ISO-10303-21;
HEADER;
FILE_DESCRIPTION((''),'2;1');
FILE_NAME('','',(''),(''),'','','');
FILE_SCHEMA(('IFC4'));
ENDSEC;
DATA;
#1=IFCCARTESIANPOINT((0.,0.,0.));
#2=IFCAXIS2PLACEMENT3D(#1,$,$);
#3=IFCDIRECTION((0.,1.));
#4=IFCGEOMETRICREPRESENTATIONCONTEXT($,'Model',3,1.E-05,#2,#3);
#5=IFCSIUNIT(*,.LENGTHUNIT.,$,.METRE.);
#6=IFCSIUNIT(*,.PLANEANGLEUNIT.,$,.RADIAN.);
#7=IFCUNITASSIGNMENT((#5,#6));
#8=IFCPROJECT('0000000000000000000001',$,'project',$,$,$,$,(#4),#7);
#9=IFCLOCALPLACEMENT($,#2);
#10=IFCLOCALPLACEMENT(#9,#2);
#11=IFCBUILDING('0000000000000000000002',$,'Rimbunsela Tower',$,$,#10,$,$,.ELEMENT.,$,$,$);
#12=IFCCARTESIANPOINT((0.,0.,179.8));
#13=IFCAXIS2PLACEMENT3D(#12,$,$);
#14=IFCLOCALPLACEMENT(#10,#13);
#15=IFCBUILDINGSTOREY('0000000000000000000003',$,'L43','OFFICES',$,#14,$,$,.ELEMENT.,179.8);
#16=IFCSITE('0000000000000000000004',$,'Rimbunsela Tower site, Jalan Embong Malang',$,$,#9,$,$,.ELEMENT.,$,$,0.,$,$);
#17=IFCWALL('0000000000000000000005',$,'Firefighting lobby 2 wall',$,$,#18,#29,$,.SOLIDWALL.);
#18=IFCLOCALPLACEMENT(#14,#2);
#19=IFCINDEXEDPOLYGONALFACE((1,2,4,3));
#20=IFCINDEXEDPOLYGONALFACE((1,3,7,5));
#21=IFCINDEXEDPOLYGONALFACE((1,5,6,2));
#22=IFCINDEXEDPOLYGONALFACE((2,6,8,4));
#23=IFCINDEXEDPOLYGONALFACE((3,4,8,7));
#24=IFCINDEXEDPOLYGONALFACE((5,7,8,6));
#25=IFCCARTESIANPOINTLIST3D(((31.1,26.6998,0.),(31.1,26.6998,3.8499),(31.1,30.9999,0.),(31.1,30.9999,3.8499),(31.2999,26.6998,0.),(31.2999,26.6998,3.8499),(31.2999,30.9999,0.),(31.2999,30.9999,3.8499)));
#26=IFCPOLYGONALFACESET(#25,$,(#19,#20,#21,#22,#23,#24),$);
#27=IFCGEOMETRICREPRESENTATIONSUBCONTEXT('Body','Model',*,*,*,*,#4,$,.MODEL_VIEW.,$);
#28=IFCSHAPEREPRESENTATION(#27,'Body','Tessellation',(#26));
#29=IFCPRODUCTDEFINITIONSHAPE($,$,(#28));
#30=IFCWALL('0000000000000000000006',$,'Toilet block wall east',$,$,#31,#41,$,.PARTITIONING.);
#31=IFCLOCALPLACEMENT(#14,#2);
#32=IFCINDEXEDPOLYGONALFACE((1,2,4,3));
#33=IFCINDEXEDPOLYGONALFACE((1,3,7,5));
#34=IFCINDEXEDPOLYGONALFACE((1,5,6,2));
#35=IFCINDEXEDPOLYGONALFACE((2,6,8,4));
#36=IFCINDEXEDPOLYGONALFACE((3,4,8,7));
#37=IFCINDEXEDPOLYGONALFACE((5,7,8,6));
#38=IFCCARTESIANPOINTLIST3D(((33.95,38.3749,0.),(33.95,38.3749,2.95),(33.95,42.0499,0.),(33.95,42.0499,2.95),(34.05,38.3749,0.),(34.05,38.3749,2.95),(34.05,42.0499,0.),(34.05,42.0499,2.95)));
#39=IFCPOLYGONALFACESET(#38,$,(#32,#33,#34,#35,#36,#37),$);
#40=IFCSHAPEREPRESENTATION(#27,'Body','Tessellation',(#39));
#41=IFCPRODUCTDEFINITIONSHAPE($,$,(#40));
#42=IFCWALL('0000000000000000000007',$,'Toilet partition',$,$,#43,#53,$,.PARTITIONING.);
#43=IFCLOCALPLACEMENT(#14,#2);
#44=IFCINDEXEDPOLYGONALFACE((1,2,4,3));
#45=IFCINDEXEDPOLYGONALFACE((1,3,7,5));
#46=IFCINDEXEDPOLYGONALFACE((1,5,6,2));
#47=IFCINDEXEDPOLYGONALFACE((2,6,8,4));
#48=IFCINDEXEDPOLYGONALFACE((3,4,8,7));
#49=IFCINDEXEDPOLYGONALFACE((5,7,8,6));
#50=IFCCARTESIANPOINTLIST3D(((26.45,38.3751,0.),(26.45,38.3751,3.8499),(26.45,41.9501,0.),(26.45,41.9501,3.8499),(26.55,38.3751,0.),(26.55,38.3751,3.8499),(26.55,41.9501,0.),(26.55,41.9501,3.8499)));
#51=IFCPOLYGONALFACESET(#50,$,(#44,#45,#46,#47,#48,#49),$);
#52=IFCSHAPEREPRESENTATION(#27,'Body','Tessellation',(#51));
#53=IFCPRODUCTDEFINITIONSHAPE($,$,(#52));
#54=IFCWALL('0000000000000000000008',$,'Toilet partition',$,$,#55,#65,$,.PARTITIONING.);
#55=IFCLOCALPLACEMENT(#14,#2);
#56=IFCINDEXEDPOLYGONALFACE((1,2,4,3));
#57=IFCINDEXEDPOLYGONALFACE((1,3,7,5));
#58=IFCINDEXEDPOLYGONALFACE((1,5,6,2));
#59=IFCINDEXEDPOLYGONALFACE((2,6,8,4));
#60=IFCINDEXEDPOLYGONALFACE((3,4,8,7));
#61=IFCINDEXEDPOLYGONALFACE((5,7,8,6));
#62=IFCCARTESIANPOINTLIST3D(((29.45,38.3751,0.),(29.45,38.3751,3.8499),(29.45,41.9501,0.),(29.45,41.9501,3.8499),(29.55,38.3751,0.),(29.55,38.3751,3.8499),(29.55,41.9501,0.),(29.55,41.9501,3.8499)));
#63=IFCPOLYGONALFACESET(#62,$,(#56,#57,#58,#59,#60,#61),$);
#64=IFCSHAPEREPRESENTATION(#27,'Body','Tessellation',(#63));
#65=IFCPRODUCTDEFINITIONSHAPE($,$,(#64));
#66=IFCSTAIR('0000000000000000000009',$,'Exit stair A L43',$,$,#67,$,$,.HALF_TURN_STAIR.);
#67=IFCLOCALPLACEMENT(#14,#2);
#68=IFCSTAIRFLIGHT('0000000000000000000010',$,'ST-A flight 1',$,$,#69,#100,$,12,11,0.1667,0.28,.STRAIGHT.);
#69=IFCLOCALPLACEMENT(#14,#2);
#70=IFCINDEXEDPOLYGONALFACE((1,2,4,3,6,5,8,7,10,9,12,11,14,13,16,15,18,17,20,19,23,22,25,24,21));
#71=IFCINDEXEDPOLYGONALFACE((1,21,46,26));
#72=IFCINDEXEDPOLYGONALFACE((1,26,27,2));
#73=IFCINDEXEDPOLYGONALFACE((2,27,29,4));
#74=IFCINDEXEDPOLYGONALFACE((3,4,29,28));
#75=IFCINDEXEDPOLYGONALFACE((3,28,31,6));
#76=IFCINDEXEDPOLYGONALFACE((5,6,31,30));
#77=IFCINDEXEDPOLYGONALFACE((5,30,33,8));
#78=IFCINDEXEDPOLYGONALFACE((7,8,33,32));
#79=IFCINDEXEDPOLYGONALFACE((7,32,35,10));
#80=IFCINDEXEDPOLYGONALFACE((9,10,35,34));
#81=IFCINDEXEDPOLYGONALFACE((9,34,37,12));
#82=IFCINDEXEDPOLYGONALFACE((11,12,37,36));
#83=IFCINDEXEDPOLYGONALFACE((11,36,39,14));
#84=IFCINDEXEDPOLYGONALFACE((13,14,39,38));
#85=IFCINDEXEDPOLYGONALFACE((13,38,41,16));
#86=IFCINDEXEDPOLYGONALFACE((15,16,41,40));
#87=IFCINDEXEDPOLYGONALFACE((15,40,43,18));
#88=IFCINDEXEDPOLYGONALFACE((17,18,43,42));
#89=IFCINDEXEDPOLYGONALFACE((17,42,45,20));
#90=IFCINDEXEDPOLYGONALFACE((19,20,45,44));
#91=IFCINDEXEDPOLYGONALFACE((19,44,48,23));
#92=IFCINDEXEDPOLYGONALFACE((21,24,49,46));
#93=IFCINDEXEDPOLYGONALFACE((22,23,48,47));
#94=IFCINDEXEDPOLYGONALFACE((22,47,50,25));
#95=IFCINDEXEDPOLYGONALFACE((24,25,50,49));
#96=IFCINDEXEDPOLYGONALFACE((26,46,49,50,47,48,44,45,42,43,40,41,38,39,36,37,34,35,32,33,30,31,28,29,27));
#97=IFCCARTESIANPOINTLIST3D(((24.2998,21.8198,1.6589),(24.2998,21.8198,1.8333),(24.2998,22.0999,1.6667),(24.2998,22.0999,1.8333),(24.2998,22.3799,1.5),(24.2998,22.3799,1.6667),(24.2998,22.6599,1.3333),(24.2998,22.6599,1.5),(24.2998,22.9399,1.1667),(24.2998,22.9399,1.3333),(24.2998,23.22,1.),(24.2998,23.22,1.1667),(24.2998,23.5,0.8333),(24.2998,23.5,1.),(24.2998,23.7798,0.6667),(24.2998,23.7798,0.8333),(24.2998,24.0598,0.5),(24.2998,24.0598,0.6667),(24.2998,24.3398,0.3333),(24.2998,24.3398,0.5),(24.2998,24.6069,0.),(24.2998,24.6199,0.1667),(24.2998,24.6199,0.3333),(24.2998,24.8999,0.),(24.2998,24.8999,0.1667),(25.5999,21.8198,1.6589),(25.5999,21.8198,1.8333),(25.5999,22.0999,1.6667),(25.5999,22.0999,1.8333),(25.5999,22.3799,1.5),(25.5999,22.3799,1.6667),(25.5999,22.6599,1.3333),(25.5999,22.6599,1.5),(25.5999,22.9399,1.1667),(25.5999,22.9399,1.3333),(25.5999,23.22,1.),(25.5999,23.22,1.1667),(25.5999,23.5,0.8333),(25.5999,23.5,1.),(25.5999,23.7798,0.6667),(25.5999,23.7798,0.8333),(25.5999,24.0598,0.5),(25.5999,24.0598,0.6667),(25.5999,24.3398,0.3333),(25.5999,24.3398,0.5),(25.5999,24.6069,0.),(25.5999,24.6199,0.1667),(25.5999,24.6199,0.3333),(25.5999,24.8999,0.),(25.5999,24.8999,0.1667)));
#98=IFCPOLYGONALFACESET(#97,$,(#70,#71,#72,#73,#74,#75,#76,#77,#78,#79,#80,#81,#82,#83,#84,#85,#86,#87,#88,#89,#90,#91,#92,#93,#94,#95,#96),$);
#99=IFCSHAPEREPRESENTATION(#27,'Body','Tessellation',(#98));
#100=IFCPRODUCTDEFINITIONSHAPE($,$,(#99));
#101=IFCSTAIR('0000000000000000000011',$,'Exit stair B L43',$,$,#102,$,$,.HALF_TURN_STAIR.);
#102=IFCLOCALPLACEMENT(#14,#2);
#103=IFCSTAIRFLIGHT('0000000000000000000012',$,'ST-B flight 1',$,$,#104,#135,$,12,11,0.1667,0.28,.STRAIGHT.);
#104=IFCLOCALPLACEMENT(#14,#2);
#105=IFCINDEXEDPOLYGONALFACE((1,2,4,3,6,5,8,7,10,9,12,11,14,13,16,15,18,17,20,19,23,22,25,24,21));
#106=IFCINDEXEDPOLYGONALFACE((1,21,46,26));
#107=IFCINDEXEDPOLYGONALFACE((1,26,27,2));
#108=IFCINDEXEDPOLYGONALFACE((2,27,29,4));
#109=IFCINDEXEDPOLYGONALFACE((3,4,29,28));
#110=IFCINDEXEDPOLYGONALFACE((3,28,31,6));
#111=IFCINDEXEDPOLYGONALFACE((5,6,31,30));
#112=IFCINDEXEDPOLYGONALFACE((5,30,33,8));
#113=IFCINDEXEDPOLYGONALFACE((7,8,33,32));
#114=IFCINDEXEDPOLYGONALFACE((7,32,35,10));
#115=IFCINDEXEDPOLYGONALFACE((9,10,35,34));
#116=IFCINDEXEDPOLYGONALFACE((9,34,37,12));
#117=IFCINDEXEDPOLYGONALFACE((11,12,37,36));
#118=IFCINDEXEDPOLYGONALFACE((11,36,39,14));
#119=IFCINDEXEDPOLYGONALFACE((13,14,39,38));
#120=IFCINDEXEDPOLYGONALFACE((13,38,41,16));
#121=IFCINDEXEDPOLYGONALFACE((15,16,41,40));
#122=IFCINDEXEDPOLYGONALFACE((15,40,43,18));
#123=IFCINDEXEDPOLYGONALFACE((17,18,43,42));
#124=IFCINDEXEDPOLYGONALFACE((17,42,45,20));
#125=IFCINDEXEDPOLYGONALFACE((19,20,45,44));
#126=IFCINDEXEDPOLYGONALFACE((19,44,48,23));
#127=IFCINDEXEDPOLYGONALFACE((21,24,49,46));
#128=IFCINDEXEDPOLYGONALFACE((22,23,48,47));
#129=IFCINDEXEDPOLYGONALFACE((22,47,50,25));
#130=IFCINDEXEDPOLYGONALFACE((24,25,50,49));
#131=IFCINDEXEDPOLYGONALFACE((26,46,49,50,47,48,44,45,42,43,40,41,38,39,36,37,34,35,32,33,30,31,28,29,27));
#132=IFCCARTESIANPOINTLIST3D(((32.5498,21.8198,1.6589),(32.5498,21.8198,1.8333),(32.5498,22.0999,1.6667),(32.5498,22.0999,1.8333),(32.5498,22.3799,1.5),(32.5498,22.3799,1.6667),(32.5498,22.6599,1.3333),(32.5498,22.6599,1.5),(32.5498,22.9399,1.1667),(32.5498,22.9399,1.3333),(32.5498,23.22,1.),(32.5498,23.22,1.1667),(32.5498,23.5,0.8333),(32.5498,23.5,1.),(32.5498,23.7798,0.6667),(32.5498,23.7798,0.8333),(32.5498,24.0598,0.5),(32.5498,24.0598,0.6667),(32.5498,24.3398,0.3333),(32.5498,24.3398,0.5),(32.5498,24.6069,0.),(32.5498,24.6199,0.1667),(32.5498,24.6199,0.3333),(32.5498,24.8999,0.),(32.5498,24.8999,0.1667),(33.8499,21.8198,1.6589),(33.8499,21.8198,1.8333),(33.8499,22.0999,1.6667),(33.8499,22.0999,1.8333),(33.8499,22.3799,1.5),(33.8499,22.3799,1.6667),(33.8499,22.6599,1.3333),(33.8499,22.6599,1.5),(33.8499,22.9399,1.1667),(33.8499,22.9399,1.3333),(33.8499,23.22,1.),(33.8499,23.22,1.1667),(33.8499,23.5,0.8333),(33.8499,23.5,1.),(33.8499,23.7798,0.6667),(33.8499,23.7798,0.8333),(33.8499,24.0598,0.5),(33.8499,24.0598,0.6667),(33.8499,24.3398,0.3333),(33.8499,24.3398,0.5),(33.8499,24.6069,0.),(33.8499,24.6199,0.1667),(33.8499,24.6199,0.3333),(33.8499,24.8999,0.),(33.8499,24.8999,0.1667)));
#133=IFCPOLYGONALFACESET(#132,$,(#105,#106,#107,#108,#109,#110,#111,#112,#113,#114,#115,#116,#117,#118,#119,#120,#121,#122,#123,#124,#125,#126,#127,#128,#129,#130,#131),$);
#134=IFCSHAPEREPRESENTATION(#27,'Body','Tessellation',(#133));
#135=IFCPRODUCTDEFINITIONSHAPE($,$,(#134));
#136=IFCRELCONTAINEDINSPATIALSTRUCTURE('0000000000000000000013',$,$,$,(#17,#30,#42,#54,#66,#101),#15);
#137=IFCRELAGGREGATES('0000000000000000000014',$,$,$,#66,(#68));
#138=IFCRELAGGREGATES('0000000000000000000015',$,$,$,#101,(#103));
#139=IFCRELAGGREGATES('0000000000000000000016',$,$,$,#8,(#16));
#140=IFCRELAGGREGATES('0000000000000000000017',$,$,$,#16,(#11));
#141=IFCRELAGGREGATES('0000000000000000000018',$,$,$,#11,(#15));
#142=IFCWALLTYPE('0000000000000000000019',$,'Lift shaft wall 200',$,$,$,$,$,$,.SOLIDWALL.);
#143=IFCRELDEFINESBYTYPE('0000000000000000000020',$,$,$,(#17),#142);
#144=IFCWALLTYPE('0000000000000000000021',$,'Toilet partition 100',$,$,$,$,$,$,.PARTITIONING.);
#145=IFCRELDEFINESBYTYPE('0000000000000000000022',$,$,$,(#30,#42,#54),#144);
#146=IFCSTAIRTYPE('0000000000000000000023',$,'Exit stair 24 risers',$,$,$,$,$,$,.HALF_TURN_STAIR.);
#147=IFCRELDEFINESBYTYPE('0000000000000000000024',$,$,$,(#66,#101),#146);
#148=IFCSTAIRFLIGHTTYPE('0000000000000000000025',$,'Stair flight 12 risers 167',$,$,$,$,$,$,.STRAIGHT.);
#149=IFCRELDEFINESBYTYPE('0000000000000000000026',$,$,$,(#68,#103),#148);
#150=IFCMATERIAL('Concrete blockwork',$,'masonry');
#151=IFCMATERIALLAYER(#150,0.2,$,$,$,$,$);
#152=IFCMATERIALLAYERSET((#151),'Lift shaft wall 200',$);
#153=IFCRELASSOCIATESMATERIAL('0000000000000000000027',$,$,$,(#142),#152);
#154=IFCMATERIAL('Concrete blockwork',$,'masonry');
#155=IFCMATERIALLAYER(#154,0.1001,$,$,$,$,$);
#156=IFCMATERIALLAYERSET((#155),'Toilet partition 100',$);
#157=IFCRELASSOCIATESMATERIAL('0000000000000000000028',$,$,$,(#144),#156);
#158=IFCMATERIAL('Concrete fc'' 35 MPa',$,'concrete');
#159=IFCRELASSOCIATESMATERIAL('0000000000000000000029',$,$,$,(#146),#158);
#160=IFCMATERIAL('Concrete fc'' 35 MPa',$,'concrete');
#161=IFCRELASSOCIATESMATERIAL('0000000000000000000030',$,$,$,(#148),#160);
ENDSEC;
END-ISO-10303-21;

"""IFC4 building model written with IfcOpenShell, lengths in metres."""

from ifc_helpers import new_model, si_unit, direction, frame, frame_2d, origin, place, context, subcontext, project, spatial, polyline, rectangle, outline, extrude, material, layer, layer_set, type_object, element, aggregate, save


model = new_model("IFC4")

# Units and contexts
model_context = context("Model", 3, precision=1e-05, world=origin(), true_north=direction((0.0, 1.0)))
body_context = subcontext(model_context, "Body", "Model", "MODEL_VIEW")
ifc_project = project(units=[si_unit("LENGTHUNIT", "METRE"), si_unit("PLANEANGLEUNIT", "RADIAN")], contexts=[model_context])

# Site, building, storey
site_placement = place(None, origin())
site = spatial("IfcSite", under=ifc_project, at=site_placement, Name="Rimbunsela Tower site, Jalan Embong Malang", CompositionType="ELEMENT", RefElevation=0.0)
building_placement = place(site_placement, origin())
building = spatial("IfcBuilding", under=site, at=building_placement, Name="Rimbunsela Tower", CompositionType="ELEMENT")
storey_placement = place(building_placement, frame((0.0, 0.0, 179.8)))
storey = spatial("IfcBuildingStorey", under=building, at=storey_placement, Name="L43", Description="OFFICES", CompositionType="ELEMENT", Elevation=179.8)

# Walls
ifc_material_1 = material(Name="Concrete blockwork", Category="masonry")
ifc_layer_1 = layer(ifc_material_1, 0.2)
ifc_layer_set_1 = layer_set([ifc_layer_1], Name="Lift shaft wall 200")
wall_type_1 = type_object("IfcWallType", Name="Lift shaft wall 200", PredefinedType="SOLIDWALL", material=ifc_layer_set_1)
wall_1_placement = place(storey_placement, frame((31.2, 26.7, 0.0), z_axis=(0.0, 0.0, 1.0), x_axis=(0.0, 1.0, 0.0)))
element("IfcWall", 1, at=wall_1_placement, inside=storey, type_object=wall_type_1, Name="Firefighting lobby 2 wall", PredefinedType="SOLIDWALL", context=body_context, shape_type="SweptSolid", body=[
    extrude(rectangle(XDim=4.3, YDim=0.2, at=frame_2d((2.1499, 0.0))), origin(), (0.0, 0.0, 1.0), 3.8499),
])
ifc_material_2 = material(Name="Concrete blockwork", Category="masonry")
ifc_layer_2 = layer(ifc_material_2, 0.1001)
ifc_layer_set_2 = layer_set([ifc_layer_2], Name="Toilet partition 100")
wall_type_2 = type_object("IfcWallType", Name="Toilet partition 100", PredefinedType="PARTITIONING", material=ifc_layer_set_2)
wall_2_placement = place(storey_placement, frame((34.0, 38.375, 0.0), z_axis=(0.0, 0.0, 1.0), x_axis=(0.0, 1.0, 0.0)))
element("IfcWall", 2, at=wall_2_placement, inside=storey, type_object=wall_type_2, Name="Toilet block wall east", PredefinedType="PARTITIONING", context=body_context, shape_type="SweptSolid", body=[
    extrude(rectangle(XDim=3.675, YDim=0.1001, at=frame_2d((1.8374, 0.0))), origin(), (0.0, 0.0, 1.0), 2.95),
])
for number, where, z_axis, x_axis, name in (
    (3, (26.5, 38.375, 0.0), (0.0, 0.0, 1.0), (0.0, 1.0, 0.0), "Toilet partition"),
    (4, (29.5, 38.375, 0.0), (0.0, 0.0, 1.0), (0.0, 1.0, 0.0), "Toilet partition"),
):
    element("IfcWall", number, at=place(storey_placement, frame(where, z_axis=z_axis, x_axis=x_axis)), inside=storey, type_object=wall_type_2, Name=name, PredefinedType="PARTITIONING", context=body_context, shape_type="SweptSolid", body=[
        extrude(rectangle(XDim=3.575, YDim=0.1001, at=frame_2d((1.7876, 0.0))), origin(), (0.0, 0.0, 1.0), 3.8499),
    ])

# Stairs, stair flights
ifc_material_3 = material(Name="Concrete fc' 35 MPa", Category="concrete")
stair_type = type_object("IfcStairType", Name="Exit stair 24 risers", PredefinedType="HALF_TURN_STAIR", material=ifc_material_3)
stair_1_placement = place(storey_placement, origin())
stair_1 = element("IfcStair", 5, at=stair_1_placement, inside=storey, type_object=stair_type, Name="Exit stair A L43", PredefinedType="HALF_TURN_STAIR")
ifc_material_4 = material(Name="Concrete fc' 35 MPa", Category="concrete")
stair_flight_type = type_object("IfcStairFlightType", Name="Stair flight 12 risers 167", PredefinedType="STRAIGHT", material=ifc_material_4)
stair_flight_1_placement = place(storey_placement, frame((24.95, 24.8999, 0.0), z_axis=(0.0, 0.0, 1.0), x_axis=(0.0, -1.0, 0.0)))
stair_flight_1 = element("IfcStairFlight", 6, at=stair_flight_1_placement, type_object=stair_flight_type, Name="ST-A flight 1", NumberOfRisers=12, NumberOfTreads=11, PredefinedType="STRAIGHT", RiserHeight=0.1667, TreadLength=0.28, context=body_context, shape_type="SweptSolid", body=[
    extrude(outline(polyline([(0.0, 0.0), (0.0, 0.1667), (0.28, 0.1667), (0.28, 0.3333), (0.5601, 0.3333), (0.5601, 0.5), (0.8401, 0.5), (0.8401, 0.6667), (1.1201, 0.6667), (1.1201, 0.8333), (1.3999, 0.8333), (1.3999, 1.0), (1.6799, 1.0), (1.6799, 1.1667), (1.96, 1.1667), (1.96, 1.3333), (2.24, 1.3333), (2.24, 1.5), (2.52, 1.5), (2.52, 1.6667), (2.8, 1.6667), (2.8, 1.8333), (3.0801, 1.8333), (3.0801, 2.0), (3.0801, 1.6589), (0.293, 0.0), (0.0, 0.0)])), frame((0.0, 0.6499, 0.0), z_axis=(0.0, -1.0, 0.0), x_axis=(1.0, 0.0, 0.0)), (0.0, 0.0, 1.0), 1.3),
])
aggregate(stair_1, [stair_flight_1])
stair_2_placement = place(storey_placement, origin())
stair_2 = element("IfcStair", 7, at=stair_2_placement, inside=storey, type_object=stair_type, Name="Exit stair B L43", PredefinedType="HALF_TURN_STAIR")
stair_flight_2_placement = place(storey_placement, frame((33.2, 24.8999, 0.0), z_axis=(0.0, 0.0, 1.0), x_axis=(0.0, -1.0, 0.0)))
stair_flight_2 = element("IfcStairFlight", 8, at=stair_flight_2_placement, type_object=stair_flight_type, Name="ST-B flight 1", NumberOfRisers=12, NumberOfTreads=11, PredefinedType="STRAIGHT", RiserHeight=0.1667, TreadLength=0.28, context=body_context, shape_type="SweptSolid", body=[
    extrude(outline(polyline([(0.0, 0.0), (0.0, 0.1667), (0.28, 0.1667), (0.28, 0.3333), (0.5601, 0.3333), (0.5601, 0.5), (0.8401, 0.5), (0.8401, 0.6667), (1.1201, 0.6667), (1.1201, 0.8333), (1.3999, 0.8333), (1.3999, 1.0), (1.6799, 1.0), (1.6799, 1.1667), (1.96, 1.1667), (1.96, 1.3333), (2.24, 1.3333), (2.24, 1.5), (2.52, 1.5), (2.52, 1.6667), (2.8, 1.6667), (2.8, 1.8333), (3.0801, 1.8333), (3.0801, 2.0), (3.0801, 1.6589), (0.293, 0.0), (0.0, 0.0)])), frame((0.0, 0.6499, 0.0), z_axis=(0.0, -1.0, 0.0), x_axis=(1.0, 0.0, 0.0)), (0.0, 0.0, 1.0), 1.3),
])
aggregate(stair_2, [stair_flight_2])

save(model, "model.ifc")
